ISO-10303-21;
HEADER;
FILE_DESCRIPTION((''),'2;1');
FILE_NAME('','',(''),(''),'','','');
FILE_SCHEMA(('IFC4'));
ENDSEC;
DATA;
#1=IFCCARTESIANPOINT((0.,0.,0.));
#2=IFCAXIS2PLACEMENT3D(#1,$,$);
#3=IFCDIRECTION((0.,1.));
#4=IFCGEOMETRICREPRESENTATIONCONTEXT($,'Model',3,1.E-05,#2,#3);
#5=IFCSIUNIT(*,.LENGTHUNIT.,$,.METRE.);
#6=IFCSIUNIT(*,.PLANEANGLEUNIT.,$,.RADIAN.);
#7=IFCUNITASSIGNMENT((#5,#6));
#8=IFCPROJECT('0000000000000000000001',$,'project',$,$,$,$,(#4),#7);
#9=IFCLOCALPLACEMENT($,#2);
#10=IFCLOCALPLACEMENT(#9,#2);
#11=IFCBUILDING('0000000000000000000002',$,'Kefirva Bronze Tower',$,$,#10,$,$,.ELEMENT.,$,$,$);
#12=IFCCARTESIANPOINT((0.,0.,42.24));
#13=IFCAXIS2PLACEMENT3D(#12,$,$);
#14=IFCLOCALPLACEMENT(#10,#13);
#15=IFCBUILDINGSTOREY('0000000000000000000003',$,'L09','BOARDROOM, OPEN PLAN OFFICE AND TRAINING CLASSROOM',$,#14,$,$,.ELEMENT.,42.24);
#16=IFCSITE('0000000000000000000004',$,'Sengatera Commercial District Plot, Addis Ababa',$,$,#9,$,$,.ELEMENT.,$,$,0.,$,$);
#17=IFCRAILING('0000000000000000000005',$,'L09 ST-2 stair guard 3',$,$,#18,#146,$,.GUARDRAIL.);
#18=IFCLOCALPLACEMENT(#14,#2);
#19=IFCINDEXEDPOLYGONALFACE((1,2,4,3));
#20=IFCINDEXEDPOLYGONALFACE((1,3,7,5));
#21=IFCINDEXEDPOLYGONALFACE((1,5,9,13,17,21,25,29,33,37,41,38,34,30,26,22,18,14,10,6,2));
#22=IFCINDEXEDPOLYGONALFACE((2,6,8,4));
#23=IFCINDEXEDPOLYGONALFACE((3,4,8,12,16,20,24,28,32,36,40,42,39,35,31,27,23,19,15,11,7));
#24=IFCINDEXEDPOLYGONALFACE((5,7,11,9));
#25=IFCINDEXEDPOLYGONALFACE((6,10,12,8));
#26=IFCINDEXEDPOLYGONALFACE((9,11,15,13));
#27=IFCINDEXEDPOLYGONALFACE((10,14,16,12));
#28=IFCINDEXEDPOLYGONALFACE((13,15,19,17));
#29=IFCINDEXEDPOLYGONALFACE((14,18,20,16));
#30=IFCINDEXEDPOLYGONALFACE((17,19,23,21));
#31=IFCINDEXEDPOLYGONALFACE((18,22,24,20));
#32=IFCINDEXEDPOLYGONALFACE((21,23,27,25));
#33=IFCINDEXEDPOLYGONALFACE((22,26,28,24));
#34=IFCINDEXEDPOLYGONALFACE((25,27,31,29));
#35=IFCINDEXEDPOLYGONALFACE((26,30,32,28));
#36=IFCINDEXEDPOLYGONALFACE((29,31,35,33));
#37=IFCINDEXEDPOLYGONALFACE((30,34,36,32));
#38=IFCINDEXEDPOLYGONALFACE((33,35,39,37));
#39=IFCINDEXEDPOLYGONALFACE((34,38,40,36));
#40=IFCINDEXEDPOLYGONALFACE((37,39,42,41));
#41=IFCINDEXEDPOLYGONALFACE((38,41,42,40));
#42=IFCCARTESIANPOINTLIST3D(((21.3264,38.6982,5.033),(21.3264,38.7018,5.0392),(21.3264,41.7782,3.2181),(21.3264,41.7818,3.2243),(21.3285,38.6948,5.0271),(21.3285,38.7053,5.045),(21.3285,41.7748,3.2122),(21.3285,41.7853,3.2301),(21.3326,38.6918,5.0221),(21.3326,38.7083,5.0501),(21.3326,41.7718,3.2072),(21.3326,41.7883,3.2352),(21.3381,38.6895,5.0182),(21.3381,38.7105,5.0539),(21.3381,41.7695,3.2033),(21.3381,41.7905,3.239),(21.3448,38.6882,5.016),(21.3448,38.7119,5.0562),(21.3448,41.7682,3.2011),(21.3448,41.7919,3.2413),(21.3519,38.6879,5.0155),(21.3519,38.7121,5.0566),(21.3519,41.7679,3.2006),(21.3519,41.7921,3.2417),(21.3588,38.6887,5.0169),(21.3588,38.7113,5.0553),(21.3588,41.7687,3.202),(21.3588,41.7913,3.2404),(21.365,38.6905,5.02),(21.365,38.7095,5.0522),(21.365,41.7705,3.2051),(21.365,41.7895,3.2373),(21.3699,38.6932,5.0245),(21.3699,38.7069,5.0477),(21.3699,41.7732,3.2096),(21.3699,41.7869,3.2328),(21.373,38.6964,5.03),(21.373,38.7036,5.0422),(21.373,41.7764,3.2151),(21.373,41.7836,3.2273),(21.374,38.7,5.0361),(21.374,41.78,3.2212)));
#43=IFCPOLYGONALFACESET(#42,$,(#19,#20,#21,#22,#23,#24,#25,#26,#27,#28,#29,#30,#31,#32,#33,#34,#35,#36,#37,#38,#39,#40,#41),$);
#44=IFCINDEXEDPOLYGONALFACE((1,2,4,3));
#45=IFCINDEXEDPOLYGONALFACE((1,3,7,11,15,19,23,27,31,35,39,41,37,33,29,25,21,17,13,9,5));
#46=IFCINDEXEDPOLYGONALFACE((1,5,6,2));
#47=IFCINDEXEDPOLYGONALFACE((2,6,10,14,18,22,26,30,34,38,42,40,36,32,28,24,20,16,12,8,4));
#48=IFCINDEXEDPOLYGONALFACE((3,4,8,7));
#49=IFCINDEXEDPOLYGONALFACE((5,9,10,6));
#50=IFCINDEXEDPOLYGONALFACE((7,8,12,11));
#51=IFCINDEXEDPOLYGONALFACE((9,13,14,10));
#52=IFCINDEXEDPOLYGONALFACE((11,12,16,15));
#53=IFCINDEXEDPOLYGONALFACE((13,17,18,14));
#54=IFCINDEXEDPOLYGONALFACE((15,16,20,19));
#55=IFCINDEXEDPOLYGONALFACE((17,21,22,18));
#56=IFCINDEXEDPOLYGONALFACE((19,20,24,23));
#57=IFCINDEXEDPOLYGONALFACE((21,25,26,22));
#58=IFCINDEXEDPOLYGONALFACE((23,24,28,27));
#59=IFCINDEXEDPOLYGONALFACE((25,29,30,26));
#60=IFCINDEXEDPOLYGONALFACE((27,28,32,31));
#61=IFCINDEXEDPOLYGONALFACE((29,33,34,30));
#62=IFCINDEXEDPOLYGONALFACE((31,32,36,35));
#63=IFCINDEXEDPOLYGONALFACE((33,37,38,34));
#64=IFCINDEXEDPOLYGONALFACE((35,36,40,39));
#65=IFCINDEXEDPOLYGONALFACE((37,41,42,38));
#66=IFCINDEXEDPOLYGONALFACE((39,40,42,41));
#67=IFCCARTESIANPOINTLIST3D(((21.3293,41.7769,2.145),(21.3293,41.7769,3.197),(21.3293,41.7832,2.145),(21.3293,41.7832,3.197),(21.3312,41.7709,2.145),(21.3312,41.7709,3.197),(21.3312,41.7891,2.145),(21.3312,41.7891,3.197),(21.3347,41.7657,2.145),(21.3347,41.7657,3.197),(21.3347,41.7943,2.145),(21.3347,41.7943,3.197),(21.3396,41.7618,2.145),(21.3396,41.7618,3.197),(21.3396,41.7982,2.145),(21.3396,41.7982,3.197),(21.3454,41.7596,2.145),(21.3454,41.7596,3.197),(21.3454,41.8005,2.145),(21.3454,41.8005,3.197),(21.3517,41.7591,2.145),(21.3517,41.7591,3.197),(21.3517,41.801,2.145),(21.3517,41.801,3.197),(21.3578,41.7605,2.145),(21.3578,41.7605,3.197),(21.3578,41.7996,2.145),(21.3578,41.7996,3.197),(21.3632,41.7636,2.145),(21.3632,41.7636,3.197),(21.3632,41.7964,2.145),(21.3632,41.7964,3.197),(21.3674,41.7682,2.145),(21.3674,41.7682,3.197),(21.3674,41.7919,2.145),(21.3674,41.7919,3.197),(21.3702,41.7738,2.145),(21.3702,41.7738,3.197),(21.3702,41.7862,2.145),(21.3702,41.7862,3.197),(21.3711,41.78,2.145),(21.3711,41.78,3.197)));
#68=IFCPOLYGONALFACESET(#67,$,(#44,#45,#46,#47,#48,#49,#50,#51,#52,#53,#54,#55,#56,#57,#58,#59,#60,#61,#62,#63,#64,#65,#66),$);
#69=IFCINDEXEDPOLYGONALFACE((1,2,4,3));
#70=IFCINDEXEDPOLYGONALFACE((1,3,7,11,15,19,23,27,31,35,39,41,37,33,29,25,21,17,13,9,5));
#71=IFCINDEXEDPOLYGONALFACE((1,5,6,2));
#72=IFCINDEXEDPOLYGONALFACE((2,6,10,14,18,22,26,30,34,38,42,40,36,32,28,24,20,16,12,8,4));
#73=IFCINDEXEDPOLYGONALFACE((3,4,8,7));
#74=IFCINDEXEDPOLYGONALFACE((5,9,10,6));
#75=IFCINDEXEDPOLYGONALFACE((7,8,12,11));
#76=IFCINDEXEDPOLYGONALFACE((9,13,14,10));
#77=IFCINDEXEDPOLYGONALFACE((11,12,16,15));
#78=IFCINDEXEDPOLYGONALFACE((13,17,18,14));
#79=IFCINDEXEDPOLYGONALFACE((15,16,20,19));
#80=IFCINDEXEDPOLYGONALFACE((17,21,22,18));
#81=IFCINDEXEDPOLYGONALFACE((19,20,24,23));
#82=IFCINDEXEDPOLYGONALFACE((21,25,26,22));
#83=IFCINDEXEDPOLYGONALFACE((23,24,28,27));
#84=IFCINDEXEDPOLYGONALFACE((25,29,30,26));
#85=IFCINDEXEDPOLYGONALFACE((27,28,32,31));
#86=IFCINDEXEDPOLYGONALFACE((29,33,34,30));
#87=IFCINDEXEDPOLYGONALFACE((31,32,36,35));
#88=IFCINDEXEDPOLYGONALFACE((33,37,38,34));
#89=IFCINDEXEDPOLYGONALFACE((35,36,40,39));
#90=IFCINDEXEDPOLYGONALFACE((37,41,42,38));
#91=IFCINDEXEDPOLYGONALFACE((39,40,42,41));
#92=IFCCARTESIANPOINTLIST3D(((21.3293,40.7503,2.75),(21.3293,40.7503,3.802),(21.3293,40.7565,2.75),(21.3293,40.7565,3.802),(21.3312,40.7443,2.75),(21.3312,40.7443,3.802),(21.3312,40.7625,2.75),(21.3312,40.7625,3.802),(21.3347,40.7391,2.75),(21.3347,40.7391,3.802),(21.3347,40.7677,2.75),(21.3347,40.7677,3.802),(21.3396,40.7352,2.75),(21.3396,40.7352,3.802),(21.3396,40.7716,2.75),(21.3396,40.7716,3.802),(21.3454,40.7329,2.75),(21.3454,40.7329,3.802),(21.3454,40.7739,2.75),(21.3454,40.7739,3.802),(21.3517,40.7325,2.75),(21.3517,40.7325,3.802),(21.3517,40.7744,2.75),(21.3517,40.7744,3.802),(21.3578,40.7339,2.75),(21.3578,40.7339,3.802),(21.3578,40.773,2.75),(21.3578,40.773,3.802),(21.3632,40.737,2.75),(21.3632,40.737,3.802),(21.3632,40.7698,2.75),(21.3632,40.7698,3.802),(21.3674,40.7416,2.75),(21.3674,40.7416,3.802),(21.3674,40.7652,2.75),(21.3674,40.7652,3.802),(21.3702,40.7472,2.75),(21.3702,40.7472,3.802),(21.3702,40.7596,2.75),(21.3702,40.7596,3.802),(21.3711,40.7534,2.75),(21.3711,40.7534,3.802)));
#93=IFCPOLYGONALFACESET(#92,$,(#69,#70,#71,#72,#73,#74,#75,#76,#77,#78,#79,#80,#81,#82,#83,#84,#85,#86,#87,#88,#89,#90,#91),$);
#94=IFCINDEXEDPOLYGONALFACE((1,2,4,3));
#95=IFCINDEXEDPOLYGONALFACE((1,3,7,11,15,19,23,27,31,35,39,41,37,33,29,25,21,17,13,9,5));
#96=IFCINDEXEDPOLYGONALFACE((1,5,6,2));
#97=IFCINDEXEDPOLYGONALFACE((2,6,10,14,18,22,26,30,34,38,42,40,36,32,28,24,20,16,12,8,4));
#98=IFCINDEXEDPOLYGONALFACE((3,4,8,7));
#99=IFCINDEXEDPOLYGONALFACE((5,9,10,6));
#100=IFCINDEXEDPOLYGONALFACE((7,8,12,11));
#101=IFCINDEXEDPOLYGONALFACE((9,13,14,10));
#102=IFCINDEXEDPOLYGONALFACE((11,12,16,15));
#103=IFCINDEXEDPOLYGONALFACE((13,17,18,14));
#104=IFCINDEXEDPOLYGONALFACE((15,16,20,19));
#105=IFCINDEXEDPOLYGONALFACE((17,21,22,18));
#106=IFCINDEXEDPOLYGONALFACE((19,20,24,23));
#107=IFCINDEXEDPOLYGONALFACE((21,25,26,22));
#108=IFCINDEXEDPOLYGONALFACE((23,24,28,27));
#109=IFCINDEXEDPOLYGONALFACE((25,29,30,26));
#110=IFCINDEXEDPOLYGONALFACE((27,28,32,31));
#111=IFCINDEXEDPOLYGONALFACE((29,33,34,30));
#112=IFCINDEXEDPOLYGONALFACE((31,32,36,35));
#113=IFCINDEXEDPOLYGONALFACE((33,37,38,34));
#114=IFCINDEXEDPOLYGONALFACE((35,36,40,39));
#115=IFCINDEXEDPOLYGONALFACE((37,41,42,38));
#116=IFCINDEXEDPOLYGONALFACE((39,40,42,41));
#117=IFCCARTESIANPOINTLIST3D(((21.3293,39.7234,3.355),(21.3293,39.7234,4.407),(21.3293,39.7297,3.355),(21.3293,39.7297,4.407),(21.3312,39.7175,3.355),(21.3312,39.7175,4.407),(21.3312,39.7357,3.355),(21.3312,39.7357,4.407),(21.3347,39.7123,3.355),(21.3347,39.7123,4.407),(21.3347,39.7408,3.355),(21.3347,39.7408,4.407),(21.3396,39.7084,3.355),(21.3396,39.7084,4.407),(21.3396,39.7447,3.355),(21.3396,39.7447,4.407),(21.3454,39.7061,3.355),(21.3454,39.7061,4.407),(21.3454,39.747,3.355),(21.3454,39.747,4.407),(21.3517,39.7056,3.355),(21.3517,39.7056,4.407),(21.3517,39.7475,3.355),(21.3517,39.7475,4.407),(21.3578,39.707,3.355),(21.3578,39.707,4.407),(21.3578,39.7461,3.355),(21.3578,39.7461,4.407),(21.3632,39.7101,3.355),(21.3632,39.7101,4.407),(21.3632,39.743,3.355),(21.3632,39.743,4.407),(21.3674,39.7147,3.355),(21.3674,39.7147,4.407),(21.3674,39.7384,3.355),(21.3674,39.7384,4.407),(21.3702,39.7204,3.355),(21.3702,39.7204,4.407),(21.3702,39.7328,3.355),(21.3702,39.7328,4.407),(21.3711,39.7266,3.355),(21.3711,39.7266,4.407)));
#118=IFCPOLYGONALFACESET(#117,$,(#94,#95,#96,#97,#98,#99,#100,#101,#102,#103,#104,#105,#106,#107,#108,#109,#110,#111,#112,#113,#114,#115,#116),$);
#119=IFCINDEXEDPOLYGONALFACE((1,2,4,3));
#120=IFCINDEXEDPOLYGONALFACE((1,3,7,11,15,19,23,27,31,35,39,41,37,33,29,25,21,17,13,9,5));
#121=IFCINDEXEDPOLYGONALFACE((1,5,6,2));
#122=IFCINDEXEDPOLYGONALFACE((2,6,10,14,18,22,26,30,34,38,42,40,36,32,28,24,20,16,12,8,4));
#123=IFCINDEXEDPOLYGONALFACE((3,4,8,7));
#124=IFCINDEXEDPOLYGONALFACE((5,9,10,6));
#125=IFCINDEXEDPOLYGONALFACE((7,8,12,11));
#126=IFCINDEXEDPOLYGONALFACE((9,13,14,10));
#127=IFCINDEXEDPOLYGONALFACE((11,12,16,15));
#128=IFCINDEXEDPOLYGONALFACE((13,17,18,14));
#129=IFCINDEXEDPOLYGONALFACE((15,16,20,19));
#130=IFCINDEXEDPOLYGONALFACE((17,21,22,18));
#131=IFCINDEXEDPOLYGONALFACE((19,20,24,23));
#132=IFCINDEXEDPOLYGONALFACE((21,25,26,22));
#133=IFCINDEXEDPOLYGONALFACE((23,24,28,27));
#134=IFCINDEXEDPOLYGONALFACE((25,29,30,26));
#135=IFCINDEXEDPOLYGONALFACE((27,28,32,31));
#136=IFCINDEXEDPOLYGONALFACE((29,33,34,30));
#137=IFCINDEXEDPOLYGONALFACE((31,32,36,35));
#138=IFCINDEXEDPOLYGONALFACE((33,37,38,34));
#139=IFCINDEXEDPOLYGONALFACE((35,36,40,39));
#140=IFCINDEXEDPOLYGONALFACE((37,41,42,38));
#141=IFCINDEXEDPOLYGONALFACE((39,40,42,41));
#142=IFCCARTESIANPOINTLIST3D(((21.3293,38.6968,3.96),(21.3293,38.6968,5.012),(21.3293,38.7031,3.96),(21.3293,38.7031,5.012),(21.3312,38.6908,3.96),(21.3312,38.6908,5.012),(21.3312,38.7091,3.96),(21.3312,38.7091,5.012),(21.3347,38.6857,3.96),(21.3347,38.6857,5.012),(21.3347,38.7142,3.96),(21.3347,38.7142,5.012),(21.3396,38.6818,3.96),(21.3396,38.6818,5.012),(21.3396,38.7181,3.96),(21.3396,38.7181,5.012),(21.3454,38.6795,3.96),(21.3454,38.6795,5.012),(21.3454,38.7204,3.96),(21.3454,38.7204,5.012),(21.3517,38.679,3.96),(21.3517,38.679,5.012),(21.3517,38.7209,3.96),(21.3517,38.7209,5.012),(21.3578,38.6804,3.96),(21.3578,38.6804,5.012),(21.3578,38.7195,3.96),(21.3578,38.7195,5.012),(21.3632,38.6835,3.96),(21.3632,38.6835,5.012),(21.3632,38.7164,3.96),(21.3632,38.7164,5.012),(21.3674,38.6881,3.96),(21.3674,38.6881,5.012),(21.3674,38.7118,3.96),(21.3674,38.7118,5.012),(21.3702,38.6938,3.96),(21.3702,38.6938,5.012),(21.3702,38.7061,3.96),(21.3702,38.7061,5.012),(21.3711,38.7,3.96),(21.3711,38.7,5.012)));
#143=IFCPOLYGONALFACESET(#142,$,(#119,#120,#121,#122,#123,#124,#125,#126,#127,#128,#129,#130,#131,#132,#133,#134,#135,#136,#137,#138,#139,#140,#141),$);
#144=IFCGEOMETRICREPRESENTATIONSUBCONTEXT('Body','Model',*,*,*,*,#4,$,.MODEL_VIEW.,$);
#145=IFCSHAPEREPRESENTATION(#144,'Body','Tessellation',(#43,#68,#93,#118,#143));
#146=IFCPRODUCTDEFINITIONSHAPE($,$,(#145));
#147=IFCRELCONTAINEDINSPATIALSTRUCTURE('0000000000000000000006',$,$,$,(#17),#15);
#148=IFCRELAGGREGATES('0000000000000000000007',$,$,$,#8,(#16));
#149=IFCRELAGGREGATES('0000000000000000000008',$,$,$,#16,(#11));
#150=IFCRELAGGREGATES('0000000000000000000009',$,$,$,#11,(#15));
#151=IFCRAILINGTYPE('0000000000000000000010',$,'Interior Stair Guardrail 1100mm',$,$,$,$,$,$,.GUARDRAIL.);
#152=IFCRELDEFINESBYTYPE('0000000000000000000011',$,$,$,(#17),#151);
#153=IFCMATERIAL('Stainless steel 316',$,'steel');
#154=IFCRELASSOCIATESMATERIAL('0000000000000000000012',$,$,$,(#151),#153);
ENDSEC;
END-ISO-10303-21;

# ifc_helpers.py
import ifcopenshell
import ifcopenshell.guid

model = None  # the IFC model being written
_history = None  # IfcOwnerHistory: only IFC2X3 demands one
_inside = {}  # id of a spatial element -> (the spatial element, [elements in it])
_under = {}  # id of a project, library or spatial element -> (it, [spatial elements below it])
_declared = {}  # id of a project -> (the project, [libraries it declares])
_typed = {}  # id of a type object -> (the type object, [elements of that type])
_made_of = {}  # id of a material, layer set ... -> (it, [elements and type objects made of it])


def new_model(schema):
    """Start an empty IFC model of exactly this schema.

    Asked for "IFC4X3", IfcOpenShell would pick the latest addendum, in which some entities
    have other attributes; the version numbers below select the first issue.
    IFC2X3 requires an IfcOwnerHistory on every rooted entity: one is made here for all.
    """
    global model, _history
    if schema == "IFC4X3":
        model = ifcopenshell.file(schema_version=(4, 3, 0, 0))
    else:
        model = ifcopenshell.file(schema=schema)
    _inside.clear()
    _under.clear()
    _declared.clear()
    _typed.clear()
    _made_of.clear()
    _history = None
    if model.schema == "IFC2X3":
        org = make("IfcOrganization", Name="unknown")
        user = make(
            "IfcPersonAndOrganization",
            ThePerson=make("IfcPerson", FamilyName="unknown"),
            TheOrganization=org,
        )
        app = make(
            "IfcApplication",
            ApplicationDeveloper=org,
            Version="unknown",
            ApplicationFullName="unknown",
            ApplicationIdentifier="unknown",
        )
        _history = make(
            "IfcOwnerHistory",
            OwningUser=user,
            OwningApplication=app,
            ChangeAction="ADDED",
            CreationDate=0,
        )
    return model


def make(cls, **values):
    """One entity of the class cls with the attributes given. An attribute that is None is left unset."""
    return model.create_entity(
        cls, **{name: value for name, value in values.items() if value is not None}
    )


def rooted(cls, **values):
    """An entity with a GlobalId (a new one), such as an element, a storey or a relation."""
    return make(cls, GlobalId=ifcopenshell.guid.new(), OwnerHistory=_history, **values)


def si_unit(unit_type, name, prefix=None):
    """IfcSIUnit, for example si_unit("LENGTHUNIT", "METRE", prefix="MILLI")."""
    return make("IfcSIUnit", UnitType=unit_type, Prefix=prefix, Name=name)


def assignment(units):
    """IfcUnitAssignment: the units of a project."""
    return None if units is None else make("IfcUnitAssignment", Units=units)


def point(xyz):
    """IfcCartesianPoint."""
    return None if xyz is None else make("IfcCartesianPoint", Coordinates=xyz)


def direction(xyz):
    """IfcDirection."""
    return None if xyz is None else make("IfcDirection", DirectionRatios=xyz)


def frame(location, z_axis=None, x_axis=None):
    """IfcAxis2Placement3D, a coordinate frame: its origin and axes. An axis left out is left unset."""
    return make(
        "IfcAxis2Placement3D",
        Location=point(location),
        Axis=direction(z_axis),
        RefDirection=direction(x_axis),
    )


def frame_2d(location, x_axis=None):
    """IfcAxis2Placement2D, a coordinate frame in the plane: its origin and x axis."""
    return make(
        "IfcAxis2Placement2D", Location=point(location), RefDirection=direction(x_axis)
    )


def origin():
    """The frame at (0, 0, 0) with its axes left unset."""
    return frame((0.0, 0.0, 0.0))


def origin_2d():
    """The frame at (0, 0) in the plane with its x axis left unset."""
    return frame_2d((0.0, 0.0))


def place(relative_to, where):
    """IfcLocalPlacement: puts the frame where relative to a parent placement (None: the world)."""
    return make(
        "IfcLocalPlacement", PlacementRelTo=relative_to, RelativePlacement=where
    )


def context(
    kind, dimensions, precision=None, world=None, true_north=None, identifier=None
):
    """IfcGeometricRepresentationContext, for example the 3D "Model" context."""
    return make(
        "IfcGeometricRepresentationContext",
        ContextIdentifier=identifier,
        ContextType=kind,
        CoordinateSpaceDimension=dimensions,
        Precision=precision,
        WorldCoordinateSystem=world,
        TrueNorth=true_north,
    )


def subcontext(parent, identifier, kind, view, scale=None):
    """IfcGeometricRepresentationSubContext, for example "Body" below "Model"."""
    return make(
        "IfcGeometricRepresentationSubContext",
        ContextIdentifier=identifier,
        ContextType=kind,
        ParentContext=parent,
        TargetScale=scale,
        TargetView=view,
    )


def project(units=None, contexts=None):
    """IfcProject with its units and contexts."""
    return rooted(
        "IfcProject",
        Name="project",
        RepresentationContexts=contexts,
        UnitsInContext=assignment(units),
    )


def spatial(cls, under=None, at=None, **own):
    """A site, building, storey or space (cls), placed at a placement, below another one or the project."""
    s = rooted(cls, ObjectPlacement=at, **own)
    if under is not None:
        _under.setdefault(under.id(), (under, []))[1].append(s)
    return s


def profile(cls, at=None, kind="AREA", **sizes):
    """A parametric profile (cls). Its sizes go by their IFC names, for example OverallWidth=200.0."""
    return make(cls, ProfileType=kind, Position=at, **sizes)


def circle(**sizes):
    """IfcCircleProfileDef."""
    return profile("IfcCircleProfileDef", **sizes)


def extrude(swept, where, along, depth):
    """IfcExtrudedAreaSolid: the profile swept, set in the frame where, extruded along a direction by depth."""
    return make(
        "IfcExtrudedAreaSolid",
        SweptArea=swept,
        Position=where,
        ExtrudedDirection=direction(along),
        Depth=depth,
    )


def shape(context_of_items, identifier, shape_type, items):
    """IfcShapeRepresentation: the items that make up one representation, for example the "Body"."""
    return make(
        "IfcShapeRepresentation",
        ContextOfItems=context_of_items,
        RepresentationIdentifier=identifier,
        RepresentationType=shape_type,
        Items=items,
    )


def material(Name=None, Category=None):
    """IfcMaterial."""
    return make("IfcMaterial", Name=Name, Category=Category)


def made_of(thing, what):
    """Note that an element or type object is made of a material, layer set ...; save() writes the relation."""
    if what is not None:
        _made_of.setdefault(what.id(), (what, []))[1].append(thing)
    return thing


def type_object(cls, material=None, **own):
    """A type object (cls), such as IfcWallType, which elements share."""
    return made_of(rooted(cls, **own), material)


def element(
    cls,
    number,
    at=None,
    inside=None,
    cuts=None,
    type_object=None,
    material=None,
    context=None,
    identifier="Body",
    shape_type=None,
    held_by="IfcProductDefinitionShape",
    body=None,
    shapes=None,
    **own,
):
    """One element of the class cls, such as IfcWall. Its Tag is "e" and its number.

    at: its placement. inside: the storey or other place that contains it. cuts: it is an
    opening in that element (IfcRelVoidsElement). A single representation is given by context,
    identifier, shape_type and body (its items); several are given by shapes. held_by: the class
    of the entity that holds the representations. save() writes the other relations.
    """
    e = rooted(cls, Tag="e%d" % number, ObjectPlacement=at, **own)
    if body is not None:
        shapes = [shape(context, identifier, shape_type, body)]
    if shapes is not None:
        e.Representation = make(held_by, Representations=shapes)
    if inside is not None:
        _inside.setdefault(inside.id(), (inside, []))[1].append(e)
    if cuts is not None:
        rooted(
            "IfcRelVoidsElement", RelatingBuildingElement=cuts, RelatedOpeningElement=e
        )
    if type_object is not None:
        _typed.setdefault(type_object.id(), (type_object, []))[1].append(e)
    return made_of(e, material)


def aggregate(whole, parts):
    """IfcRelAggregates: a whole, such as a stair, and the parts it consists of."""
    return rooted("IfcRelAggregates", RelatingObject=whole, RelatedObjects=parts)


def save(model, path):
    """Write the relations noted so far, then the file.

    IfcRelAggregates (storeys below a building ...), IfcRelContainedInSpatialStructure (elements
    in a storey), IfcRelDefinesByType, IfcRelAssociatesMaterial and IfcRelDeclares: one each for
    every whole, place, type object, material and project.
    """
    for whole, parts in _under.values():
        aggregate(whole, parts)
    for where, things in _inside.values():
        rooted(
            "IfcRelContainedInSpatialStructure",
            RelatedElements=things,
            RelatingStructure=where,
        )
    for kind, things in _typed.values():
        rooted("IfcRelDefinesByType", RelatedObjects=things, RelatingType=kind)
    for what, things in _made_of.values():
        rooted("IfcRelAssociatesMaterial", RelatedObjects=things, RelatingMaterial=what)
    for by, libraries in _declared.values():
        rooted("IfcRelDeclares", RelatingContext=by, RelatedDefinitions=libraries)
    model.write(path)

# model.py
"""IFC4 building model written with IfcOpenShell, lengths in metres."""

from ifc_helpers import new_model, si_unit, direction, frame, origin, origin_2d, place, context, subcontext, project, spatial, circle, extrude, material, type_object, element, save


model = new_model("IFC4")

# Units and contexts
model_context = context("Model", 3, precision=1e-05, world=origin(), true_north=direction((0.0, 1.0)))
body_context = subcontext(model_context, "Body", "Model", "MODEL_VIEW")
ifc_project = project(units=[si_unit("LENGTHUNIT", "METRE"), si_unit("PLANEANGLEUNIT", "RADIAN")], contexts=[model_context])

# Site, building, storey
site_placement = place(None, origin())
site = spatial("IfcSite", under=ifc_project, at=site_placement, Name="Sengatera Commercial District Plot, Addis Ababa", CompositionType="ELEMENT", RefElevation=0.0)
building_placement = place(site_placement, origin())
building = spatial("IfcBuilding", under=site, at=building_placement, Name="Kefirva Bronze Tower", CompositionType="ELEMENT")
storey_placement = place(building_placement, frame((0.0, 0.0, 42.24)))
storey = spatial("IfcBuildingStorey", under=building, at=storey_placement, Name="L09", Description="BOARDROOM, OPEN PLAN OFFICE AND TRAINING CLASSROOM", CompositionType="ELEMENT", Elevation=42.24)

# Railing
ifc_material_1 = material(Name="Stainless steel 316", Category="steel")
railing_type_1 = type_object("IfcRailingType", Name="Interior Stair Guardrail 1100mm", PredefinedType="GUARDRAIL", material=ifc_material_1)
railing_1_placement = place(storey_placement, frame((21.3501, 41.78, 2.145)))
element("IfcRailing", 1, at=railing_1_placement, inside=storey, type_object=railing_type_1, Name="L09 ST-2 stair guard 3", PredefinedType="GUARDRAIL", context=body_context, shape_type="SweptSolid", body=[
    extrude(circle(Radius=0.0239, at=origin_2d()), frame((0.0, 0.0, 1.0762), z_axis=(0.0, -0.861551, 0.507671), x_axis=(1.0, 0.0, 0.0)), (0.0, 0.0, 1.0), 3.575),
    extrude(circle(Radius=0.021, at=origin_2d()), origin(), (0.0, 0.0, 1.0), 1.052),
    extrude(circle(Radius=0.021, at=origin_2d()), frame((0.0, -1.0266, 0.605)), (0.0, 0.0, 1.0), 1.052),
    extrude(circle(Radius=0.021, at=origin_2d()), frame((0.0, -2.0535, 1.21)), (0.0, 0.0, 1.0), 1.052),
    extrude(circle(Radius=0.021, at=origin_2d()), frame((0.0, -3.0801, 1.8149)), (0.0, 0.0, 1.0), 1.052),
])

save(model, "model.ifc")
